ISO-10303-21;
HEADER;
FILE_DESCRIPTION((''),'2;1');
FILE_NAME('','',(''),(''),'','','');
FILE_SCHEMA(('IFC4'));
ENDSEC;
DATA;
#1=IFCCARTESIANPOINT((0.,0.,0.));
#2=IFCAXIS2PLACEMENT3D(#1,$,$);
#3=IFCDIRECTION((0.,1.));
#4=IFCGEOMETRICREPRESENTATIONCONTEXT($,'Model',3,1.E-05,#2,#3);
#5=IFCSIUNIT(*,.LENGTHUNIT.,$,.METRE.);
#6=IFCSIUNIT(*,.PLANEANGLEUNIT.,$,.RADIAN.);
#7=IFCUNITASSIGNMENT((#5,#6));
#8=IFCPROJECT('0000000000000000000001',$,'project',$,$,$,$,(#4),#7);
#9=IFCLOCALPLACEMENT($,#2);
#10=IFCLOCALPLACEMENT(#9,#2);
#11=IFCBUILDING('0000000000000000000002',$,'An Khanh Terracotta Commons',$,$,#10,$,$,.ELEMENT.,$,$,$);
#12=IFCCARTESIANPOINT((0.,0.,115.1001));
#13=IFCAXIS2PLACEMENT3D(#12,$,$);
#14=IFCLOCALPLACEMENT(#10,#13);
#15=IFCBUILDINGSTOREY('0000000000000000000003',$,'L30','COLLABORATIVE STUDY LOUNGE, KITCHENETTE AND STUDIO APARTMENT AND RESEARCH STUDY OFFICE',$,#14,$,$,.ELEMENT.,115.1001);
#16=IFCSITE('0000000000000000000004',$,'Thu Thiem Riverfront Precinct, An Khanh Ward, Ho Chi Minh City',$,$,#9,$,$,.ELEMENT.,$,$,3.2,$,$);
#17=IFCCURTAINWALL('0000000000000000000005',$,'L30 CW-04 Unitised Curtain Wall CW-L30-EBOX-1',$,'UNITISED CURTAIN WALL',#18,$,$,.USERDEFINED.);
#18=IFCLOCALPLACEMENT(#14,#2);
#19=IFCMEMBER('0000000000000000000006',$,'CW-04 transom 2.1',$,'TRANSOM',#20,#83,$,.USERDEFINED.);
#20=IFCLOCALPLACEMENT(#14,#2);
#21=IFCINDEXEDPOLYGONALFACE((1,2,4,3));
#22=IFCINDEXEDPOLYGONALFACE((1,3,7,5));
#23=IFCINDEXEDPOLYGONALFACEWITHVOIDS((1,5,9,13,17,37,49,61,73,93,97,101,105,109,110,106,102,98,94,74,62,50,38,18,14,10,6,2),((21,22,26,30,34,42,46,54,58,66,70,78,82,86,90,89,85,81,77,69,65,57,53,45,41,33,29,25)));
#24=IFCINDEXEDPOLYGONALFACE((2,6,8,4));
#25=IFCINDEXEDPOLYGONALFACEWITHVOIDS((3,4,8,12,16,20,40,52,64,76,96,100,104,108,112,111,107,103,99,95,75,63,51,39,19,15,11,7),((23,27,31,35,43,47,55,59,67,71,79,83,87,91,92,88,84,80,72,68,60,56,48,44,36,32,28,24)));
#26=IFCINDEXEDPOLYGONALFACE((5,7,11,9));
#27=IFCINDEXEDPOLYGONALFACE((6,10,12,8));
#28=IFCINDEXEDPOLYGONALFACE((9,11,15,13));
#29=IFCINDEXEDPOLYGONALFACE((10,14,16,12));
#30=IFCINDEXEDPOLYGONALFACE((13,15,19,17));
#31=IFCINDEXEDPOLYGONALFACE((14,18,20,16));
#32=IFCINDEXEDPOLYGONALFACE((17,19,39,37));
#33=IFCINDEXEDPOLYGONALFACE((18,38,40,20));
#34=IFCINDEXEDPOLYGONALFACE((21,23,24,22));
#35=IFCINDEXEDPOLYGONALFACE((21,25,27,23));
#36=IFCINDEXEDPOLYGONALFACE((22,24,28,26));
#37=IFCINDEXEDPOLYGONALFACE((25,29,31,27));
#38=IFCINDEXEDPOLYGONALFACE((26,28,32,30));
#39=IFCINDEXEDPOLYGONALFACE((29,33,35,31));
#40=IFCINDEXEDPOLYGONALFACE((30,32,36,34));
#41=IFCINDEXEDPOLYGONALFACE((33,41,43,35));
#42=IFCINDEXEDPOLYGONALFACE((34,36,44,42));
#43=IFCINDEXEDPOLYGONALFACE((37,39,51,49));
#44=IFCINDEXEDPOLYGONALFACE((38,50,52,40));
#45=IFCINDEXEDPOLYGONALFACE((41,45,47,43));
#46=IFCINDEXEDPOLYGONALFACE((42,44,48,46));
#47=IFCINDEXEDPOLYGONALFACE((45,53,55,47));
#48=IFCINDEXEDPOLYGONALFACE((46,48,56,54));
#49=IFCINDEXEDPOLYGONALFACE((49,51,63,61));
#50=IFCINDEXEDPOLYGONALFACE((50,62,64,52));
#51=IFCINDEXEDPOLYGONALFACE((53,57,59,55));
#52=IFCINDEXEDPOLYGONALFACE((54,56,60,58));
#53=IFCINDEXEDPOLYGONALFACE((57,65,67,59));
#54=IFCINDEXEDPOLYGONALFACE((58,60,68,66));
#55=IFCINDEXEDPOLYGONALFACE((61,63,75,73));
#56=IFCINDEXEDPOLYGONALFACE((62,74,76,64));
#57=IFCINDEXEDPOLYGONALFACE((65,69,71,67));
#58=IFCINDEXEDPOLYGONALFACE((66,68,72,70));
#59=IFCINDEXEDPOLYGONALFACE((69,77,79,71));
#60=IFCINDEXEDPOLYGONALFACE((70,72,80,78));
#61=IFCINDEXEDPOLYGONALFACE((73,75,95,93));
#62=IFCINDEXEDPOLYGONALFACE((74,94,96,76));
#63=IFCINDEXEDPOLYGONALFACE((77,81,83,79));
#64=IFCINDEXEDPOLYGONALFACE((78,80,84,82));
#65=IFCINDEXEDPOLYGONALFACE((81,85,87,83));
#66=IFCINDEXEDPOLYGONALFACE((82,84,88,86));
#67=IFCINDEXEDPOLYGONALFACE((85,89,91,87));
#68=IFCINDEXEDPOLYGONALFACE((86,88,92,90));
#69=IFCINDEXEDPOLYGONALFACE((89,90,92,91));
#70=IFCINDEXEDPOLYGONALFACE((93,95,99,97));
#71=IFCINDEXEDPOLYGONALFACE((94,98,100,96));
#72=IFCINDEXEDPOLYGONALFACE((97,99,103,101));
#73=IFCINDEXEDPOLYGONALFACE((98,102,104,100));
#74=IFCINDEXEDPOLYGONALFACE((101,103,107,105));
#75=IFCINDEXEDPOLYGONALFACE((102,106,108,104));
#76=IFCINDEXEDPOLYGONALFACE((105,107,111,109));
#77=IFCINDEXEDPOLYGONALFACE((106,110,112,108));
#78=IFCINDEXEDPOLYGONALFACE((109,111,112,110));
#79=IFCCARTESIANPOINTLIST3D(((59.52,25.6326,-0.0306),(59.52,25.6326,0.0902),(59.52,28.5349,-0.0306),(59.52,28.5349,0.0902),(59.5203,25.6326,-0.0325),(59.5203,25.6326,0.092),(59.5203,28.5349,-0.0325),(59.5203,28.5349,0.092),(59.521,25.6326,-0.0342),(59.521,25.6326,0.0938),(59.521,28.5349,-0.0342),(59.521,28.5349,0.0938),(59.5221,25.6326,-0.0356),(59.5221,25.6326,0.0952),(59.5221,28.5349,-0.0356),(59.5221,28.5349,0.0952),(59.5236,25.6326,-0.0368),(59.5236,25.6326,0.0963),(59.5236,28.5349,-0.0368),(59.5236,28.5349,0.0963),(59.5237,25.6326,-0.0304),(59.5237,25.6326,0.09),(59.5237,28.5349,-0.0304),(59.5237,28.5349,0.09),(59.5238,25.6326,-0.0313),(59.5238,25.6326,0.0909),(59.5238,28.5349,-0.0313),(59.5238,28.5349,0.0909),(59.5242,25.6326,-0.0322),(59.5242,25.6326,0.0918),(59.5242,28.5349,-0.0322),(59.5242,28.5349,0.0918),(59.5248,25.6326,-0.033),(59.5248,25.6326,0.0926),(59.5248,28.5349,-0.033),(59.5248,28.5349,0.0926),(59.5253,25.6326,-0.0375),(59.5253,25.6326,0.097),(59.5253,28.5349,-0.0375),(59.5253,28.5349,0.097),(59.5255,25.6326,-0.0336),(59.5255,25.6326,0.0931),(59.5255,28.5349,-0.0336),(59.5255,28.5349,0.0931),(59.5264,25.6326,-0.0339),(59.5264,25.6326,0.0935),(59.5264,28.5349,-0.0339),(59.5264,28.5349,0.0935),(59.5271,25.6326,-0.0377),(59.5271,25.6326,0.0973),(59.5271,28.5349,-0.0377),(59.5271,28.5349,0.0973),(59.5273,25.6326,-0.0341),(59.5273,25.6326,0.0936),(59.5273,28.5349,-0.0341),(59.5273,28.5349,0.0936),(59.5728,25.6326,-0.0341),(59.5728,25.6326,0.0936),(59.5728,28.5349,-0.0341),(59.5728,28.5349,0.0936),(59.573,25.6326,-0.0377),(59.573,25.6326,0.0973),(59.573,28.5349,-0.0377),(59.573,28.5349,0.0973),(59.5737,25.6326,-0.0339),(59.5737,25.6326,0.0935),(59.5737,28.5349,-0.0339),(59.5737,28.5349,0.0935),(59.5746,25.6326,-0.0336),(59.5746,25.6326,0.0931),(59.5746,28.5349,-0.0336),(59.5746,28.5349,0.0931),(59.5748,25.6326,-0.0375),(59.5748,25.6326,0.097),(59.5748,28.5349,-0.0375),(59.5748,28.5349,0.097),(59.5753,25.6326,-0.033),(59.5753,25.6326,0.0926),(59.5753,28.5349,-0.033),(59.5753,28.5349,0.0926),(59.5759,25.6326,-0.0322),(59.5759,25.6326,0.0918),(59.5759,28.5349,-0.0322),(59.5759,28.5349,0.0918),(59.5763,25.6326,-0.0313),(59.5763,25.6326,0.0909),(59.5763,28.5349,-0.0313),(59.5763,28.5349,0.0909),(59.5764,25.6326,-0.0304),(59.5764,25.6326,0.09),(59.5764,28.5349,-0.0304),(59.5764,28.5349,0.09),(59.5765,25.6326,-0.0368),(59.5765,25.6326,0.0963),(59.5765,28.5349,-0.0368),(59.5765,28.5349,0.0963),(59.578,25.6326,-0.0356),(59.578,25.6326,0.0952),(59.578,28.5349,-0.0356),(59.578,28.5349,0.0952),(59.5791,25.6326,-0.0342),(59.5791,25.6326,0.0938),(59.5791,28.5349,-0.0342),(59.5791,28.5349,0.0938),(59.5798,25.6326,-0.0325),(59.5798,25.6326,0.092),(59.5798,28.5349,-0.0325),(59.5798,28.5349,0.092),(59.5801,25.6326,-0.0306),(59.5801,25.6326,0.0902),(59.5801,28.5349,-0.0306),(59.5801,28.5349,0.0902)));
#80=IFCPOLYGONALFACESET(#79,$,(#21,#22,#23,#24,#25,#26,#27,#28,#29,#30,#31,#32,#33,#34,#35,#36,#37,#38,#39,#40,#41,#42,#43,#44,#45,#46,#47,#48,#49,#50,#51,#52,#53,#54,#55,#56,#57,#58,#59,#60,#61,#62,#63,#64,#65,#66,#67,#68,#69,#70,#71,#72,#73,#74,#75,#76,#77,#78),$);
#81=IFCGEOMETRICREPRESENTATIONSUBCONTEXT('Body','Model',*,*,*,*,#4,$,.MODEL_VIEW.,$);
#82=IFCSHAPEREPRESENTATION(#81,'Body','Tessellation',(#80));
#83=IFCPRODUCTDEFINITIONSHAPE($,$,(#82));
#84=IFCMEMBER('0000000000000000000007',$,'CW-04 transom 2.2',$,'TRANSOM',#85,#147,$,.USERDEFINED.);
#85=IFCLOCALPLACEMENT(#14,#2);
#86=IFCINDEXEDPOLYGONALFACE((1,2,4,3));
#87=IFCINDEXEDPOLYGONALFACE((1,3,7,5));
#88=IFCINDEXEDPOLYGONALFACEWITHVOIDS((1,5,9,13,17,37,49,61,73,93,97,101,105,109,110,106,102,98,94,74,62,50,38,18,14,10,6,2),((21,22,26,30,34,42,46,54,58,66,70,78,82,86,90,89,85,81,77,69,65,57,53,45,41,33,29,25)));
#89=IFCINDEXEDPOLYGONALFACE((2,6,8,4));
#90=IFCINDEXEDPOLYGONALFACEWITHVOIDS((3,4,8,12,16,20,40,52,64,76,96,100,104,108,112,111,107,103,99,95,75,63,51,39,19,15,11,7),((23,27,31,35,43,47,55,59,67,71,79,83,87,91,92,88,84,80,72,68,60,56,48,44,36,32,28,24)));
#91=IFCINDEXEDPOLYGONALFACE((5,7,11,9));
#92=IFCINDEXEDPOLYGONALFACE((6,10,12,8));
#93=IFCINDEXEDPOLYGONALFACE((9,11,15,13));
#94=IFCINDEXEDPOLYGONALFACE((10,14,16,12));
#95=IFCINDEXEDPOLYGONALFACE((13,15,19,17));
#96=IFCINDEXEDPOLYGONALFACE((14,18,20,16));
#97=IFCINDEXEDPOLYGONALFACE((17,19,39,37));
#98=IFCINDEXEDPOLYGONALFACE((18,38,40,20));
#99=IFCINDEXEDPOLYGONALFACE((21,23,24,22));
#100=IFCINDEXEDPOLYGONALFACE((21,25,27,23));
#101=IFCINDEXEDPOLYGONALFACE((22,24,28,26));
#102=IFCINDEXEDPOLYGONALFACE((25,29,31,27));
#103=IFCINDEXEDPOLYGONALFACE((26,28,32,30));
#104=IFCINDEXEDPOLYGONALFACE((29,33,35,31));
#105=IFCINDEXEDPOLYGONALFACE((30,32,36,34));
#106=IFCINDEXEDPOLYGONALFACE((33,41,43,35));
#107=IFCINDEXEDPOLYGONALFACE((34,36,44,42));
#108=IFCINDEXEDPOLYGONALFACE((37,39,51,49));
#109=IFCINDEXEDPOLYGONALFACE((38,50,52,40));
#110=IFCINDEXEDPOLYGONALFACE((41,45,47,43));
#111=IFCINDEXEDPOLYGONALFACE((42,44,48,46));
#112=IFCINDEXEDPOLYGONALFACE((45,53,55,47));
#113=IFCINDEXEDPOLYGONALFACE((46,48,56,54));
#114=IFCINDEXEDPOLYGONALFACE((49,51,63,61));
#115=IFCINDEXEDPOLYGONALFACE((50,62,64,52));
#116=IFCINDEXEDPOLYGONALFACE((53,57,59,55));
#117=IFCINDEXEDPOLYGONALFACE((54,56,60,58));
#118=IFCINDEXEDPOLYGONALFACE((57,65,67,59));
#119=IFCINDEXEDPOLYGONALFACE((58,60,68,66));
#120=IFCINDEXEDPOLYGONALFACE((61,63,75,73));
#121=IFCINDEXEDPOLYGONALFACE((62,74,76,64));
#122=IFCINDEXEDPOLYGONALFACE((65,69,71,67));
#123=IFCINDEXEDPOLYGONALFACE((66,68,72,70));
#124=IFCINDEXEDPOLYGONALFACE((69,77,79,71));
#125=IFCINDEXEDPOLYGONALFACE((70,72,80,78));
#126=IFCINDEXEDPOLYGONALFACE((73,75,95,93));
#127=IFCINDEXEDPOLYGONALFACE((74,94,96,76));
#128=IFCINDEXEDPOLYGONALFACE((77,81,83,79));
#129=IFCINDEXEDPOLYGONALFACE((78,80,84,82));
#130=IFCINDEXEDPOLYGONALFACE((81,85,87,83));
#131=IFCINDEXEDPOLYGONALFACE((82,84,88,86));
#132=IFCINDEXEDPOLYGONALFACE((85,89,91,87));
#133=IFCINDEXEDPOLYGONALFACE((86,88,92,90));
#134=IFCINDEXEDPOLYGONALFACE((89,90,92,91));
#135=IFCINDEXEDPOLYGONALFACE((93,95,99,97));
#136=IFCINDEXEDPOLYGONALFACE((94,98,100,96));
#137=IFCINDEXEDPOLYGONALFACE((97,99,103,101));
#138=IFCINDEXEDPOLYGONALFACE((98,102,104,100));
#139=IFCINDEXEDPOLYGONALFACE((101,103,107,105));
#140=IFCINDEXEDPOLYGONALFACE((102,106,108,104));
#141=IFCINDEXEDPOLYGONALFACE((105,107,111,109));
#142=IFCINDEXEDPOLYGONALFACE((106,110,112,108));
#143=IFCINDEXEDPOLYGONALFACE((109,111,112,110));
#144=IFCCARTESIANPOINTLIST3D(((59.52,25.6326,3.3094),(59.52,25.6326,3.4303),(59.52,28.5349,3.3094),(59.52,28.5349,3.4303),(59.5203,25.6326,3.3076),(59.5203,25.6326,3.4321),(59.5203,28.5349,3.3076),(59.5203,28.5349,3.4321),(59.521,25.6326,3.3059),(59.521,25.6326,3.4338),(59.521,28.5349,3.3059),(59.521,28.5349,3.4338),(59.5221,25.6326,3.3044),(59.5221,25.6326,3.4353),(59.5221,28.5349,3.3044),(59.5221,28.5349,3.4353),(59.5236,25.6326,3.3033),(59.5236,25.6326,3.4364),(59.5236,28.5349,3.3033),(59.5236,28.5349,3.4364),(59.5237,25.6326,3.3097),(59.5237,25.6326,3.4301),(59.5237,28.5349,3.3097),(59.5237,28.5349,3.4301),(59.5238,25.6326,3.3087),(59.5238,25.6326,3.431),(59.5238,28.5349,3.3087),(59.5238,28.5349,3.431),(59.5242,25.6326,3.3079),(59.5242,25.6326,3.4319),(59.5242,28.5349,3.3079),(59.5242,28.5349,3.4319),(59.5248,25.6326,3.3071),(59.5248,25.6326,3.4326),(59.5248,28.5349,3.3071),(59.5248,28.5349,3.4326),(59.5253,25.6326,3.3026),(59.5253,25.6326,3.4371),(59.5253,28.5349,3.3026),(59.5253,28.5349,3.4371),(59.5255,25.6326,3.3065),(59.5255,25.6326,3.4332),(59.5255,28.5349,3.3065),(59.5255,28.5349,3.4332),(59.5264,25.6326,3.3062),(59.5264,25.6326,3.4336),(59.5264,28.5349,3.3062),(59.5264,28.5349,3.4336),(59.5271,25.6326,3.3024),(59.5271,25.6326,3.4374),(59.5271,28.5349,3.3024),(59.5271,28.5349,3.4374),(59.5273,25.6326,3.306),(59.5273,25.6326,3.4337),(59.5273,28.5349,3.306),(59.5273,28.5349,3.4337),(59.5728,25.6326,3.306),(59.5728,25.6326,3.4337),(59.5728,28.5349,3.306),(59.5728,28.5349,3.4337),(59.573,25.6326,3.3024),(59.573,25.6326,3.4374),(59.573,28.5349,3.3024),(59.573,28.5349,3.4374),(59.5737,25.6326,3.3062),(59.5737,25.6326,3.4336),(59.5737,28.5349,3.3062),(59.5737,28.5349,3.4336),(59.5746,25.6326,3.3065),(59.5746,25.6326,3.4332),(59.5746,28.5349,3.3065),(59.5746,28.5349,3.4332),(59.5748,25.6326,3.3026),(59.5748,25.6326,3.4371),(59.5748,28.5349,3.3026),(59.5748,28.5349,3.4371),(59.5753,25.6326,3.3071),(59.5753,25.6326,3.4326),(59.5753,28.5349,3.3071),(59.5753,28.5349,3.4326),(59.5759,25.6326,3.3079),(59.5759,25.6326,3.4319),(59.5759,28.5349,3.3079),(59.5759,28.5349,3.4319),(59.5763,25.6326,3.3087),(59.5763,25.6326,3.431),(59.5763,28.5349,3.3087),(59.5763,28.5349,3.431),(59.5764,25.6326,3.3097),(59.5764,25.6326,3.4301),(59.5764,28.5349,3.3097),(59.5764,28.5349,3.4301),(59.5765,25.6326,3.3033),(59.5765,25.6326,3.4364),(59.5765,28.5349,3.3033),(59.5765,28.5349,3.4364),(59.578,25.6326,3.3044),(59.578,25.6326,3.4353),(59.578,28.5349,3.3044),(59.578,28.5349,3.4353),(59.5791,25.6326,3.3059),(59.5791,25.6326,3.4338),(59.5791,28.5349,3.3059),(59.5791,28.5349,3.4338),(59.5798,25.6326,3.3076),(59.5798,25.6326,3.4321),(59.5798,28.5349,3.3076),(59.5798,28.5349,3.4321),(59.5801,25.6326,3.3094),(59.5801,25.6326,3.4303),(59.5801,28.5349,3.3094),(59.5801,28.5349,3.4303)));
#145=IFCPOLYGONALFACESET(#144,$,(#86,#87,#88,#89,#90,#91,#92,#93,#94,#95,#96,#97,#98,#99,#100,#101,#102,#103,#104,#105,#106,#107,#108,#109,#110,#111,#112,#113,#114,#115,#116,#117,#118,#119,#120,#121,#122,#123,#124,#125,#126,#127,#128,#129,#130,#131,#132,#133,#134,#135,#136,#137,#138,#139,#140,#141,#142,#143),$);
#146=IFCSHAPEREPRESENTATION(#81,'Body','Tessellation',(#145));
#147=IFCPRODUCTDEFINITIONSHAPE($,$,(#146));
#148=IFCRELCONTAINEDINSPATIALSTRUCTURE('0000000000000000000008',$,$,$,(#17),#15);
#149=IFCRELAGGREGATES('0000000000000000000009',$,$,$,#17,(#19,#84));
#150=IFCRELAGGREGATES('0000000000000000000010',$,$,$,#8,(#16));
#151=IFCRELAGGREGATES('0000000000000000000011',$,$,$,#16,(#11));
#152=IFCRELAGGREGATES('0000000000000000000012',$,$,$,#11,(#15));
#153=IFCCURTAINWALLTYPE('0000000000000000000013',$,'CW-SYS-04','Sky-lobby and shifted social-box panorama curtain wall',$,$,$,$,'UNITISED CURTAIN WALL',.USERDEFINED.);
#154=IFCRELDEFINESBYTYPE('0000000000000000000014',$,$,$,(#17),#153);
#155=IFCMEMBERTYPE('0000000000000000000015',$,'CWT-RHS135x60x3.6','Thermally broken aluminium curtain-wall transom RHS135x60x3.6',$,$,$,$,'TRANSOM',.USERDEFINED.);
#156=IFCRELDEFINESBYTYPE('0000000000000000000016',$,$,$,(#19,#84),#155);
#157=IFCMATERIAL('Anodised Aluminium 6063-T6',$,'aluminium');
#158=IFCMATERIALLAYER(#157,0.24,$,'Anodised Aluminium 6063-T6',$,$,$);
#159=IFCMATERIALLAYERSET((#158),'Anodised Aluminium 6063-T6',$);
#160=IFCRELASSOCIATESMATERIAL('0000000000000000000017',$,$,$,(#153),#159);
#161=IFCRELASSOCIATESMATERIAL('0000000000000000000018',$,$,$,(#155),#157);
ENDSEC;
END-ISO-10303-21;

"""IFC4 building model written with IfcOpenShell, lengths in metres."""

from ifc_helpers import new_model, si_unit, direction, frame, origin, origin_2d, place, context, subcontext, project, spatial, hollow_rectangle, extrude, material, layer, layer_set, material_profile, profile_set, type_object, element, aggregate, save


model = new_model("IFC4")

# Units and contexts
model_context = context("Model", 3, precision=1e-05, world=origin(), true_north=direction((0.0, 1.0)))
body_context = subcontext(model_context, "Body", "Model", "MODEL_VIEW")
ifc_project = project(units=[si_unit("LENGTHUNIT", "METRE"), si_unit("PLANEANGLEUNIT", "RADIAN")], contexts=[model_context])

# Site, building, storey
site_placement = place(None, origin())
site = spatial("IfcSite", under=ifc_project, at=site_placement, Name="Thu Thiem Riverfront Precinct, An Khanh Ward, Ho Chi Minh City", CompositionType="ELEMENT", RefElevation=3.2)
building_placement = place(site_placement, origin())
building = spatial("IfcBuilding", under=site, at=building_placement, Name="An Khanh Terracotta Commons", CompositionType="ELEMENT")
storey_placement = place(building_placement, frame((0.0, 0.0, 115.1001)))
storey = spatial("IfcBuildingStorey", under=building, at=storey_placement, Name="L30", Description="COLLABORATIVE STUDY LOUNGE, KITCHENETTE AND STUDIO APARTMENT AND RESEARCH STUDY OFFICE", CompositionType="ELEMENT", Elevation=115.1001)

# Curtain wall
ifc_material_1 = material(Name="Anodised Aluminium 6063-T6", Category="aluminium")
ifc_layer_1 = layer(ifc_material_1, 0.24, Name="Anodised Aluminium 6063-T6")
ifc_layer_set_1 = layer_set([ifc_layer_1], Name="Anodised Aluminium 6063-T6")
curtain_wall_type_1 = type_object("IfcCurtainWallType", Name="CW-SYS-04", Description="Sky-lobby and shifted social-box panorama curtain wall", ElementType="UNITISED CURTAIN WALL", PredefinedType="USERDEFINED", material=ifc_layer_set_1)
curtain_wall_1_placement = place(storey_placement, origin())
curtain_wall_1 = element("IfcCurtainWall", 1, at=curtain_wall_1_placement, inside=storey, type_object=curtain_wall_type_1, Name="L30 CW-04 Unitised Curtain Wall CW-L30-EBOX-1", ObjectType="UNITISED CURTAIN WALL", PredefinedType="USERDEFINED")

# Members
ifc_material_profile_1 = material_profile(ifc_material_1, hollow_rectangle(XDim=0.0601, YDim=0.135, WallThickness=0.0037, InnerFilletRadius=0.0037, OuterFilletRadius=0.0071, at=origin_2d()), Name="RHS135x60x3.6")
ifc_profile_set_1 = profile_set([ifc_material_profile_1], Name="Anodised Aluminium 6063-T6")
member_type_1 = type_object("IfcMemberType", Name="CWT-RHS135x60x3.6", Description="Thermally broken aluminium curtain-wall transom RHS135x60x3.6", ElementType="TRANSOM", PredefinedType="USERDEFINED", material=ifc_profile_set_1)
member_1_placement = place(storey_placement, frame((59.55, 25.6326, 0.0298), z_axis=(0.0, 1.0, 0.0), x_axis=(-1.0, 0.0, 0.0)))
member_1 = element("IfcMember", 2, at=member_1_placement, type_object=member_type_1, Name="CW-04 transom 2.1", ObjectType="TRANSOM", PredefinedType="USERDEFINED", context=body_context, shape_type="SweptSolid", body=[
    extrude(hollow_rectangle(XDim=0.0601, YDim=0.135, WallThickness=0.0037, InnerFilletRadius=0.0037, OuterFilletRadius=0.0071, at=origin_2d()), origin(), (0.0, 0.0, 1.0), 2.9023),
])
member_2_placement = place(storey_placement, frame((59.55, 25.6326, 3.3699), z_axis=(0.0, 1.0, 0.0), x_axis=(-1.0, 0.0, 0.0)))
member_2 = element("IfcMember", 3, at=member_2_placement, type_object=member_type_1, Name="CW-04 transom 2.2", ObjectType="TRANSOM", PredefinedType="USERDEFINED", context=body_context, shape_type="SweptSolid", body=[
    extrude(hollow_rectangle(XDim=0.0601, YDim=0.135, WallThickness=0.0037, InnerFilletRadius=0.0037, OuterFilletRadius=0.0071, at=origin_2d()), origin(), (0.0, 0.0, 1.0), 2.9023),
])

aggregate(curtain_wall_1, [member_1, member_2])

save(model, "model.ifc")
